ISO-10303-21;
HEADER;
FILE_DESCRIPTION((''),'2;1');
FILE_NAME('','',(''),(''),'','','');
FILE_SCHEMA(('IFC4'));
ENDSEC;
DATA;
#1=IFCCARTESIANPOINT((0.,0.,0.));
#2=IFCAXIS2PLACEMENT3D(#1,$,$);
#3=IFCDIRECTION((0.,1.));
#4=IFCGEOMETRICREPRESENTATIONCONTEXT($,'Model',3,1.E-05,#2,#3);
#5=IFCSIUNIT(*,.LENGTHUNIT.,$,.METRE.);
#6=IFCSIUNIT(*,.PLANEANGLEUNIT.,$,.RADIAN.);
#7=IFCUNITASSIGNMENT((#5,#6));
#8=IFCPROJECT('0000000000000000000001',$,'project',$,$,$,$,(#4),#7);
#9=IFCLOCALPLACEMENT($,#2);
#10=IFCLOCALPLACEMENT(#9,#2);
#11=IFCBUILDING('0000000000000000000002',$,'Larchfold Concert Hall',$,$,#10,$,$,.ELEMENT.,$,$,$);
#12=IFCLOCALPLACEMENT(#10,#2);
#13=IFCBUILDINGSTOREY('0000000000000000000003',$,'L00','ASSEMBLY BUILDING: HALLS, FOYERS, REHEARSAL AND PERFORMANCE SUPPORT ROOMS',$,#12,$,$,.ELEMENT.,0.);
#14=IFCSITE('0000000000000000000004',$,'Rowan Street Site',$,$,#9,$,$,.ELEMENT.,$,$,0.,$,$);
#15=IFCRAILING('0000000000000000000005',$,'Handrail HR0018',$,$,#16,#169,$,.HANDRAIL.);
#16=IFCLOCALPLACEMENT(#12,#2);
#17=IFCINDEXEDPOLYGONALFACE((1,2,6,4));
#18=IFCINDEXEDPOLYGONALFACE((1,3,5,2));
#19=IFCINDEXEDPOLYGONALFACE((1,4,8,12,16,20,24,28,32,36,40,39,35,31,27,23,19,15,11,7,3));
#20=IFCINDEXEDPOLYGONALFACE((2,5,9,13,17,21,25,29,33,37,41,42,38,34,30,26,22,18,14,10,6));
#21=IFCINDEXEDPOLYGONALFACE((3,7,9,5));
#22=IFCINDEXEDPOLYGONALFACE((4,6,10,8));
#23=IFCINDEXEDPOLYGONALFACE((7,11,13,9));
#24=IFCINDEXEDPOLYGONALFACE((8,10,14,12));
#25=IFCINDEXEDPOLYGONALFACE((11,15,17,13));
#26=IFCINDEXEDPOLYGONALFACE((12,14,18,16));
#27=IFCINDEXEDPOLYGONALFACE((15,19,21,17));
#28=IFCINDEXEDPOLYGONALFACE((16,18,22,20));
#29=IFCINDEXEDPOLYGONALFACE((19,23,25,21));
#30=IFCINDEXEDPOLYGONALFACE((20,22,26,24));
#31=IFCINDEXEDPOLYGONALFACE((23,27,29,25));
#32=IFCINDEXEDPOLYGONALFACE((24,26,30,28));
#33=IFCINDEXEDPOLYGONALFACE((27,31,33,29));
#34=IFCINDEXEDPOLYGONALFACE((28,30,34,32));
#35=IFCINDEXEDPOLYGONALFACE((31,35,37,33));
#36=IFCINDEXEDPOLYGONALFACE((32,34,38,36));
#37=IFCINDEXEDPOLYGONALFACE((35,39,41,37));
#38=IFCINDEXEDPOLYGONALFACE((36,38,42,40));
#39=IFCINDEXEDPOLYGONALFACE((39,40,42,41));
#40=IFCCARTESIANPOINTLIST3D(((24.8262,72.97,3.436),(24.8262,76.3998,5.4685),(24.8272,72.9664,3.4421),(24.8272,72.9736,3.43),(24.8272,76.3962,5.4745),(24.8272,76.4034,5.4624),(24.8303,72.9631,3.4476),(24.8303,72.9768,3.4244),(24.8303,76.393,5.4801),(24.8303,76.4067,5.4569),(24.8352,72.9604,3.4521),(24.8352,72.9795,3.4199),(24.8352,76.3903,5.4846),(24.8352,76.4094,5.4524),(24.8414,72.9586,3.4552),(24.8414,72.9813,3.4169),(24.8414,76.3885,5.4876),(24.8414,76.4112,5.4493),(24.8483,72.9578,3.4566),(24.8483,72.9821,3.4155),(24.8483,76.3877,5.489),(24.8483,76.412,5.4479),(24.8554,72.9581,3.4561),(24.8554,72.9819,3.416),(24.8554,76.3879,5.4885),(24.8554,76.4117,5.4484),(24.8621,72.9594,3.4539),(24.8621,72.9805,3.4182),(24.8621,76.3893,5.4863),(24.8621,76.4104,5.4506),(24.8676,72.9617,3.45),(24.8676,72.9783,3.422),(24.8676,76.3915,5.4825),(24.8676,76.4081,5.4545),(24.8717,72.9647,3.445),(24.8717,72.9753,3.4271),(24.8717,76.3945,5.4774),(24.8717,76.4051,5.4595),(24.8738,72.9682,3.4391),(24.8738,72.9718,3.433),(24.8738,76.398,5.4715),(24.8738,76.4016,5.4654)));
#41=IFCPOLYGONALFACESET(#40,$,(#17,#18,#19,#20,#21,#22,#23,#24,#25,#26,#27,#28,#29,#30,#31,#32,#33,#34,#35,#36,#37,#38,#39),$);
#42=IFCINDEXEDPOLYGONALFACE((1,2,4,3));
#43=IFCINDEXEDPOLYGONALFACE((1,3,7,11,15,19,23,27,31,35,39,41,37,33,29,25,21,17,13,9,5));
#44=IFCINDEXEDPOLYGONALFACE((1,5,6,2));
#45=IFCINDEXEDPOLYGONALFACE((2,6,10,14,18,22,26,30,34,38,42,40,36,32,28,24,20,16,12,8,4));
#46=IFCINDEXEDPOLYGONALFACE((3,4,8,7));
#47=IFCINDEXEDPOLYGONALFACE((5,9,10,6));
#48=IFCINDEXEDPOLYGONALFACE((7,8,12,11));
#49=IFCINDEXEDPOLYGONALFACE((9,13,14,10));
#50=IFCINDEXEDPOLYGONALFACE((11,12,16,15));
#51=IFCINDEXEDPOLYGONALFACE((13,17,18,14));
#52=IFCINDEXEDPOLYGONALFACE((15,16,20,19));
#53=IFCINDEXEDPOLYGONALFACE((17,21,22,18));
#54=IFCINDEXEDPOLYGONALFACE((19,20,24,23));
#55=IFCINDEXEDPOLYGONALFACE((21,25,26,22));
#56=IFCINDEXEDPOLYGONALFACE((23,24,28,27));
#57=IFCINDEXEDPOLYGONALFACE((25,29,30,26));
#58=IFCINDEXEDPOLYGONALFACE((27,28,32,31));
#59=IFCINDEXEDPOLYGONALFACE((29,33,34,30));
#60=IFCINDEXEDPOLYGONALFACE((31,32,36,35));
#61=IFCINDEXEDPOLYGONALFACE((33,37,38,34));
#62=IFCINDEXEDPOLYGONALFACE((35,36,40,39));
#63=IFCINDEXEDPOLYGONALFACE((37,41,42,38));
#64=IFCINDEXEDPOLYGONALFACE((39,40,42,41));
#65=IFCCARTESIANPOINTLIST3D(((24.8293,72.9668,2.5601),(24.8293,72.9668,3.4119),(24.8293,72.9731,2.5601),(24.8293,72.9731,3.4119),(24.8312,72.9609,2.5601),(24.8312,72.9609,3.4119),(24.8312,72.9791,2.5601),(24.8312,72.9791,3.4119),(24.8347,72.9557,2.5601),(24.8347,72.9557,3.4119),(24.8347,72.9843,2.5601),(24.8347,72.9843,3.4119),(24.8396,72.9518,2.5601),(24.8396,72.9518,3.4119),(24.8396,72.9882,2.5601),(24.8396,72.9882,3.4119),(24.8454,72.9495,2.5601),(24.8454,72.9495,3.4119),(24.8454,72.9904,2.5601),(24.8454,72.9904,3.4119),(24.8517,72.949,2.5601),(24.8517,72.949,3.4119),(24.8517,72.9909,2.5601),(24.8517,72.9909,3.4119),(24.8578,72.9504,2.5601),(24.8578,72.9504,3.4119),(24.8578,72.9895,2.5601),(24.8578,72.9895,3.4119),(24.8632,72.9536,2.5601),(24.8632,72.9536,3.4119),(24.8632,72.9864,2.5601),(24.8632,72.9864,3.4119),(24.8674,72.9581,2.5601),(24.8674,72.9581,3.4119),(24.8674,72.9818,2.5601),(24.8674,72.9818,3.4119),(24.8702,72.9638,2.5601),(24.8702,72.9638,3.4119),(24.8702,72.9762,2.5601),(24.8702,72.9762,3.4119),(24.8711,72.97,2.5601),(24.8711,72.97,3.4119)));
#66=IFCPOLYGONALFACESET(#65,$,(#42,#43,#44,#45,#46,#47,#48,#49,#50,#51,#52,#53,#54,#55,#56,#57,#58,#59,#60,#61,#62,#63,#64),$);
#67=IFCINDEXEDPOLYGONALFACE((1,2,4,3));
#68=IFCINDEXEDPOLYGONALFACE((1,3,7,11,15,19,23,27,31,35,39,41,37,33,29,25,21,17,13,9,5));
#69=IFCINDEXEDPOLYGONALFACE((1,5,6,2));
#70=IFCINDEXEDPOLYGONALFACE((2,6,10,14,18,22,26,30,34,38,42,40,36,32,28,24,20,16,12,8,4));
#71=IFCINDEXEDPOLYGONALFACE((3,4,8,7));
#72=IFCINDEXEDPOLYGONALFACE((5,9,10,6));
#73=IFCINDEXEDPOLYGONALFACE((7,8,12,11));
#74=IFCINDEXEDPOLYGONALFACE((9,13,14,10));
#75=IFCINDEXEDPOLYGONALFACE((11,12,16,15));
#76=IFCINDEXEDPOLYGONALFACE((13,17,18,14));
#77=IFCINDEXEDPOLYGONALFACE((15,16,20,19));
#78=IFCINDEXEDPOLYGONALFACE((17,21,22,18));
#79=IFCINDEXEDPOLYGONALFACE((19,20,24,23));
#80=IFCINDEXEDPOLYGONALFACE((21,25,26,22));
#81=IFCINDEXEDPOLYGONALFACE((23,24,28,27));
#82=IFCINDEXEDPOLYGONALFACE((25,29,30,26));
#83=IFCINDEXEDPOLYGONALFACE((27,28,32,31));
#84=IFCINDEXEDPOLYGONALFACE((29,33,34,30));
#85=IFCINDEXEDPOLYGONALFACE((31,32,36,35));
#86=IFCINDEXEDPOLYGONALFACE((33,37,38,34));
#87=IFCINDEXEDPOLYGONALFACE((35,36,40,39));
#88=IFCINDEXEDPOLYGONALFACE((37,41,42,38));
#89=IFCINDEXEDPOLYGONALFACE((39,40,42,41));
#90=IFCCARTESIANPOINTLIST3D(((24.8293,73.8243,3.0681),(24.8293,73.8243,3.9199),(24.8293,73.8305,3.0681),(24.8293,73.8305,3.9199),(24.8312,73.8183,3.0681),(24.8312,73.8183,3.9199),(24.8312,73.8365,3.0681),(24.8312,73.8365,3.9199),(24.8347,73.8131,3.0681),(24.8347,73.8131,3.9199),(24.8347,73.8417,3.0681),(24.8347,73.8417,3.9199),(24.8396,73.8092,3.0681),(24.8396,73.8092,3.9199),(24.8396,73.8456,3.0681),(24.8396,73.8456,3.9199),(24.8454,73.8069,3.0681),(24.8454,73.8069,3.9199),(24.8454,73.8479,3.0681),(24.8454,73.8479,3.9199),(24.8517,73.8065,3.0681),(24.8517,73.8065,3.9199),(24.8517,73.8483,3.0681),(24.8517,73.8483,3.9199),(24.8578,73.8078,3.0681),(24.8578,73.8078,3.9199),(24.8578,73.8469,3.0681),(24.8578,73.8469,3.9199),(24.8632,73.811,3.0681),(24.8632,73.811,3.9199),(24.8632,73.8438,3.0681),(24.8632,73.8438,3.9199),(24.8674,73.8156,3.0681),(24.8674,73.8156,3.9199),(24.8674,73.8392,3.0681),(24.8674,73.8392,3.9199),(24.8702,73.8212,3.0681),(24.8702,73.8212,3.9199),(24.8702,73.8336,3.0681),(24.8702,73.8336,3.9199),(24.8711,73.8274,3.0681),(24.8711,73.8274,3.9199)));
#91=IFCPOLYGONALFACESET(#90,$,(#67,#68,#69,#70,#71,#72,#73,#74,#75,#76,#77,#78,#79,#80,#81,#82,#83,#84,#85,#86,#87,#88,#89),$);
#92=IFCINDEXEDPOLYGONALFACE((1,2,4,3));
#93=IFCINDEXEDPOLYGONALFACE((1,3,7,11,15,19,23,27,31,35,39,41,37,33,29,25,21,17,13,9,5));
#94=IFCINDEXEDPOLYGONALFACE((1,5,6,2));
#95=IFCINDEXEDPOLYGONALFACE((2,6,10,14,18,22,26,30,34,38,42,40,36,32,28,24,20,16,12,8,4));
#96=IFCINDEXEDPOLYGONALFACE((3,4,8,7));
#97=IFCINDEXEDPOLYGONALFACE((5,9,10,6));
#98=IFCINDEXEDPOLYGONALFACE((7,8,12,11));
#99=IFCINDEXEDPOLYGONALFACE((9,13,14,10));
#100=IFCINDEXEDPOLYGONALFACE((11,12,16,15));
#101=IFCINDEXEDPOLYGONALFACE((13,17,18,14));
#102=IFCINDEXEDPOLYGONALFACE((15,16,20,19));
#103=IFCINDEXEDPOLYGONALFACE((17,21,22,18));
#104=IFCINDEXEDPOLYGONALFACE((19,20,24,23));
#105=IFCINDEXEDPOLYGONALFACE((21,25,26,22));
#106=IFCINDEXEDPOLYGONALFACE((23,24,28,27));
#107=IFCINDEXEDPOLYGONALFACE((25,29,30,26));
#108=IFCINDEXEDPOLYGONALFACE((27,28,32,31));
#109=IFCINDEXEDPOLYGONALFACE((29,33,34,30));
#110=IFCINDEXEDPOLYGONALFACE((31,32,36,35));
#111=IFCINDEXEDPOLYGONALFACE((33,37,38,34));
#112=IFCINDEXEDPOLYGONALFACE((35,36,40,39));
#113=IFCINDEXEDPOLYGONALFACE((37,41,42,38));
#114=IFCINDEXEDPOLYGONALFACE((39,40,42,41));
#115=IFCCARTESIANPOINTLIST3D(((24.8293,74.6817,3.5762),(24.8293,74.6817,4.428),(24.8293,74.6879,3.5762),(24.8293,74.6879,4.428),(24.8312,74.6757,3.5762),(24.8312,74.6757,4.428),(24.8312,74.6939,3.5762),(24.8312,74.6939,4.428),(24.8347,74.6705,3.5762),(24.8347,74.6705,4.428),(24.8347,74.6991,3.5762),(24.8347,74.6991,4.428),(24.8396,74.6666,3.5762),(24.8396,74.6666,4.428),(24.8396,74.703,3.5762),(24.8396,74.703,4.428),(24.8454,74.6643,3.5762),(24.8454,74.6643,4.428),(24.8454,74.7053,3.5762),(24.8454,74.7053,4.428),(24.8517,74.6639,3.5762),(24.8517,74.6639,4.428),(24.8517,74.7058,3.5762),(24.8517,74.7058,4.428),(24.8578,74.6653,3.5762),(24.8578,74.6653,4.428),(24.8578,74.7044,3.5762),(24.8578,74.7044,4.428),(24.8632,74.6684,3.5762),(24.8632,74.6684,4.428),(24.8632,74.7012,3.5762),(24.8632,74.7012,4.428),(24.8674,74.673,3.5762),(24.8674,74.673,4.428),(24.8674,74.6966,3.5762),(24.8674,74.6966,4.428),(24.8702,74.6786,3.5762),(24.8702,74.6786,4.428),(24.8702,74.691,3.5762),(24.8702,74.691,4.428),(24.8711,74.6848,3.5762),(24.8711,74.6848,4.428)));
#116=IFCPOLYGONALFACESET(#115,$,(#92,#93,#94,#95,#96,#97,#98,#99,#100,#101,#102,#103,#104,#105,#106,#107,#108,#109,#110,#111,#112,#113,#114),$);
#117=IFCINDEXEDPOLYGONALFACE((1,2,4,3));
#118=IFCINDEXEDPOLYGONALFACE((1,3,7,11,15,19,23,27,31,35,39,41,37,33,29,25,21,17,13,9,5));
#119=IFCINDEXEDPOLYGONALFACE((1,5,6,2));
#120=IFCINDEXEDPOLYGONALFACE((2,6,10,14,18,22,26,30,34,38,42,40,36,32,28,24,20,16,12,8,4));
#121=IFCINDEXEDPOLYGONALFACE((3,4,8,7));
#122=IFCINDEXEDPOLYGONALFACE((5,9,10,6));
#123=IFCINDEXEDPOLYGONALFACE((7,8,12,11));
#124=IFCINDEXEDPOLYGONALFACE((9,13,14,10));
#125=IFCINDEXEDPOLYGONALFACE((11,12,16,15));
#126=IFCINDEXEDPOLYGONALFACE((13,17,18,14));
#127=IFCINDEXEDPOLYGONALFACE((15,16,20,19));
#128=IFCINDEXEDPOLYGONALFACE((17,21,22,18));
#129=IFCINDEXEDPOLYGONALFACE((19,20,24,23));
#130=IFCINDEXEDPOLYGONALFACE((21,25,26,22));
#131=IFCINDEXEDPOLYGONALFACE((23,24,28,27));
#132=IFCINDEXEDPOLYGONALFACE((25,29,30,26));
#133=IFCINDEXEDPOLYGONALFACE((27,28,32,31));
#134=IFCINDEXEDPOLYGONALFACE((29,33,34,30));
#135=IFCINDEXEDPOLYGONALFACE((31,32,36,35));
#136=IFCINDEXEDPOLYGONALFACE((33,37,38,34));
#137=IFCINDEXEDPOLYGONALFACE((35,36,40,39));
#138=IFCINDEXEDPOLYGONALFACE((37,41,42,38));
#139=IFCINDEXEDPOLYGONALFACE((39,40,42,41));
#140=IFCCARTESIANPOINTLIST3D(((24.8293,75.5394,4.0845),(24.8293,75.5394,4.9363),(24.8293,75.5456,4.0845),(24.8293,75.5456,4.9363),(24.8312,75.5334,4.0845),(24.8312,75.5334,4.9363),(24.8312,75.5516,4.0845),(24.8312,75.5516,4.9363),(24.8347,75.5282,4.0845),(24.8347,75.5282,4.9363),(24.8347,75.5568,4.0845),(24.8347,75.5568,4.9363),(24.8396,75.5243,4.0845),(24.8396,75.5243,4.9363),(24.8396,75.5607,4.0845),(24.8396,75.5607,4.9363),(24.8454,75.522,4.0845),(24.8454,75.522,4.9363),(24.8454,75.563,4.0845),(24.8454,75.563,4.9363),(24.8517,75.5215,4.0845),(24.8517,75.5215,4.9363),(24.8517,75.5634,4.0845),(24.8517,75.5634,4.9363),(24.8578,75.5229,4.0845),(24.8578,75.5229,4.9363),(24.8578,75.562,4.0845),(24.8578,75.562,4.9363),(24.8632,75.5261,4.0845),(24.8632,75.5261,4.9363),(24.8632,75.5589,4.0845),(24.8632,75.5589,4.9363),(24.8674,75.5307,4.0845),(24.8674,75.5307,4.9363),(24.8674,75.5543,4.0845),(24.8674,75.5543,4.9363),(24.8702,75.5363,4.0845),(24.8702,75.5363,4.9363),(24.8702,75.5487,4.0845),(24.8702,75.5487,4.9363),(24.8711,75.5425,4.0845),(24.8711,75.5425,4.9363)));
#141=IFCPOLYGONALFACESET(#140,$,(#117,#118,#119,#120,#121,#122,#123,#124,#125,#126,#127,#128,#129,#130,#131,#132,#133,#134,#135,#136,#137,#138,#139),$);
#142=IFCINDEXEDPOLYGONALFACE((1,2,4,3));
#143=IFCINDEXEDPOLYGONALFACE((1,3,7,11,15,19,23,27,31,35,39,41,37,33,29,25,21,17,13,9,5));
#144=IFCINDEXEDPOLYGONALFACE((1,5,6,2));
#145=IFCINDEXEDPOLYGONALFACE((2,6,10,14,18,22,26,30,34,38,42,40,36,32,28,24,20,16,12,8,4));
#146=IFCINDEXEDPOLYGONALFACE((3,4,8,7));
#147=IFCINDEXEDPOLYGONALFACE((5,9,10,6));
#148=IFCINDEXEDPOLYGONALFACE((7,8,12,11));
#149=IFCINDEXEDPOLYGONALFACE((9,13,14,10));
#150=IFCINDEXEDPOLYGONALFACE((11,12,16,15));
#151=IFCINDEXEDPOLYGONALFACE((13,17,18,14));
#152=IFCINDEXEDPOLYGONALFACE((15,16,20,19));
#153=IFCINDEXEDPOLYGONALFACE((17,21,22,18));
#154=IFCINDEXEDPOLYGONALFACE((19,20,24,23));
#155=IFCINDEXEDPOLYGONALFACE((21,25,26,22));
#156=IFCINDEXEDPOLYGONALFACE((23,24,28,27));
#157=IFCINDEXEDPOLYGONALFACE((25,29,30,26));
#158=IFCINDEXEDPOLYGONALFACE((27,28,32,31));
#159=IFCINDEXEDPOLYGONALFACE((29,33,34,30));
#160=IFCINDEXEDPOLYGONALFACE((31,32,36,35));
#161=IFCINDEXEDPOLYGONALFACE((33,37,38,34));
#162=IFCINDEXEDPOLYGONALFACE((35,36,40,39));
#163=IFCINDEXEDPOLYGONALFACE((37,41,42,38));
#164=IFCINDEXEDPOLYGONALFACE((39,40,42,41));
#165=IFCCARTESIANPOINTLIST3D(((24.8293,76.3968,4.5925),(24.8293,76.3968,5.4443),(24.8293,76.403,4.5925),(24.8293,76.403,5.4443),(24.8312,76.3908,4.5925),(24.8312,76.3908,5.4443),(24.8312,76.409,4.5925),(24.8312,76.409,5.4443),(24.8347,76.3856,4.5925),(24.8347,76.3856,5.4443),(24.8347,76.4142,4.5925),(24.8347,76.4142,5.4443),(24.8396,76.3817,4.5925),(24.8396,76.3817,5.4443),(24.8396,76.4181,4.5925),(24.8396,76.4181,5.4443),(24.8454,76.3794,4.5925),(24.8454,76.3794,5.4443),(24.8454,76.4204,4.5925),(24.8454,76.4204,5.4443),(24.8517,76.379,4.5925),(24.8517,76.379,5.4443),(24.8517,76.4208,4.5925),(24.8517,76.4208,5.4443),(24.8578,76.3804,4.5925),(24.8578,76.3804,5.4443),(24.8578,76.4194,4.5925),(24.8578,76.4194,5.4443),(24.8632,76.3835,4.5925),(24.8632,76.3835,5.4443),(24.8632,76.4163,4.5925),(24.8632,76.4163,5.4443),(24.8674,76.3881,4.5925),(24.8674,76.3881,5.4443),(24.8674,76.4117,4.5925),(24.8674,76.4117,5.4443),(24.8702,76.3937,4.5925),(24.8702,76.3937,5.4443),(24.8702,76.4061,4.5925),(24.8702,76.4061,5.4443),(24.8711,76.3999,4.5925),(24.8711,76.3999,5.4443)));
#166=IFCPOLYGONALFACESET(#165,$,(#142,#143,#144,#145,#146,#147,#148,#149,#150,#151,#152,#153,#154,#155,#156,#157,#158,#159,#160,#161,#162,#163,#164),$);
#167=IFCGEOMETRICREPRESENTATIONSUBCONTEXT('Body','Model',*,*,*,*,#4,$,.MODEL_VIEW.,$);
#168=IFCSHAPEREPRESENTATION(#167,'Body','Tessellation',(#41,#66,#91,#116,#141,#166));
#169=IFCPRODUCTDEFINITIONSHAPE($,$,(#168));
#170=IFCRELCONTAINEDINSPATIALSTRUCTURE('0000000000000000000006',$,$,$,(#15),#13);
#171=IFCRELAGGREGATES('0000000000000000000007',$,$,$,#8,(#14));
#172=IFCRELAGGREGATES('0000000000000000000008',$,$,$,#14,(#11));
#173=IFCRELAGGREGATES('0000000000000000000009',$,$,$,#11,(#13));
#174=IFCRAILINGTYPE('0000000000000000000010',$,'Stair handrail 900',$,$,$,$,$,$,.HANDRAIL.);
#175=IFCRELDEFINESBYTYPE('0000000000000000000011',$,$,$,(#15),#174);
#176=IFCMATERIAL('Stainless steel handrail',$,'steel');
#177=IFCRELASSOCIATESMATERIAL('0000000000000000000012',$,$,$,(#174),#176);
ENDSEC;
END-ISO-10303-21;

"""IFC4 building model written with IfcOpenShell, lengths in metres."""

from ifc_helpers import new_model, si_unit, direction, frame, origin, origin_2d, place, context, subcontext, project, spatial, circle, extrude, material, type_object, element, save


model = new_model("IFC4")

# Units and contexts
model_context = context("Model", 3, precision=1e-05, world=origin(), true_north=direction((0.0, 1.0)))
body_context = subcontext(model_context, "Body", "Model", "MODEL_VIEW")
ifc_project = project(units=[si_unit("LENGTHUNIT", "METRE"), si_unit("PLANEANGLEUNIT", "RADIAN")], contexts=[model_context])

# Site, building, storey
site_placement = place(None, origin())
site = spatial("IfcSite", under=ifc_project, at=site_placement, Name="Rowan Street Site", CompositionType="ELEMENT", RefElevation=0.0)
building_placement = place(site_placement, origin())
building = spatial("IfcBuilding", under=site, at=building_placement, Name="Larchfold Concert Hall", CompositionType="ELEMENT")
storey_placement = place(building_placement, origin())
storey = spatial("IfcBuildingStorey", under=building, at=storey_placement, Name="L00", Description="ASSEMBLY BUILDING: HALLS, FOYERS, REHEARSAL AND PERFORMANCE SUPPORT ROOMS", CompositionType="ELEMENT", Elevation=0.0)

# Railing
ifc_material_1 = material(Name="Stainless steel handrail", Category="steel")
railing_type_1 = type_object("IfcRailingType", Name="Stair handrail 900", PredefinedType="HANDRAIL", material=ifc_material_1)
railing_1_placement = place(storey_placement, frame((24.8501, 72.97, 2.5601)))
element("IfcRailing", 1, at=railing_1_placement, inside=storey, type_object=railing_type_1, Name="Handrail HR0018", PredefinedType="HANDRAIL", context=body_context, shape_type="SweptSolid", body=[
    extrude(circle(Radius=0.0239, at=origin_2d()), frame((0.0, 0.0, 0.876), z_axis=(0.0, 0.8603, 0.509787), x_axis=(-1.0, 0.0, 0.0)), (0.0, 0.0, 1.0), 3.9868),
    extrude(circle(Radius=0.021, at=origin_2d()), origin(), (0.0, 0.0, 1.0), 0.8518),
    extrude(circle(Radius=0.021, at=origin_2d()), frame((0.0, 0.8574, 0.5081)), (0.0, 0.0, 1.0), 0.8518),
    extrude(circle(Radius=0.021, at=origin_2d()), frame((0.0, 1.7148, 1.0161)), (0.0, 0.0, 1.0), 0.8518),
    extrude(circle(Radius=0.021, at=origin_2d()), frame((0.0, 2.5725, 1.5244)), (0.0, 0.0, 1.0), 0.8518),
    extrude(circle(Radius=0.021, at=origin_2d()), frame((0.0, 3.4299, 2.0325)), (0.0, 0.0, 1.0), 0.8518),
])

save(model, "model.ifc")
